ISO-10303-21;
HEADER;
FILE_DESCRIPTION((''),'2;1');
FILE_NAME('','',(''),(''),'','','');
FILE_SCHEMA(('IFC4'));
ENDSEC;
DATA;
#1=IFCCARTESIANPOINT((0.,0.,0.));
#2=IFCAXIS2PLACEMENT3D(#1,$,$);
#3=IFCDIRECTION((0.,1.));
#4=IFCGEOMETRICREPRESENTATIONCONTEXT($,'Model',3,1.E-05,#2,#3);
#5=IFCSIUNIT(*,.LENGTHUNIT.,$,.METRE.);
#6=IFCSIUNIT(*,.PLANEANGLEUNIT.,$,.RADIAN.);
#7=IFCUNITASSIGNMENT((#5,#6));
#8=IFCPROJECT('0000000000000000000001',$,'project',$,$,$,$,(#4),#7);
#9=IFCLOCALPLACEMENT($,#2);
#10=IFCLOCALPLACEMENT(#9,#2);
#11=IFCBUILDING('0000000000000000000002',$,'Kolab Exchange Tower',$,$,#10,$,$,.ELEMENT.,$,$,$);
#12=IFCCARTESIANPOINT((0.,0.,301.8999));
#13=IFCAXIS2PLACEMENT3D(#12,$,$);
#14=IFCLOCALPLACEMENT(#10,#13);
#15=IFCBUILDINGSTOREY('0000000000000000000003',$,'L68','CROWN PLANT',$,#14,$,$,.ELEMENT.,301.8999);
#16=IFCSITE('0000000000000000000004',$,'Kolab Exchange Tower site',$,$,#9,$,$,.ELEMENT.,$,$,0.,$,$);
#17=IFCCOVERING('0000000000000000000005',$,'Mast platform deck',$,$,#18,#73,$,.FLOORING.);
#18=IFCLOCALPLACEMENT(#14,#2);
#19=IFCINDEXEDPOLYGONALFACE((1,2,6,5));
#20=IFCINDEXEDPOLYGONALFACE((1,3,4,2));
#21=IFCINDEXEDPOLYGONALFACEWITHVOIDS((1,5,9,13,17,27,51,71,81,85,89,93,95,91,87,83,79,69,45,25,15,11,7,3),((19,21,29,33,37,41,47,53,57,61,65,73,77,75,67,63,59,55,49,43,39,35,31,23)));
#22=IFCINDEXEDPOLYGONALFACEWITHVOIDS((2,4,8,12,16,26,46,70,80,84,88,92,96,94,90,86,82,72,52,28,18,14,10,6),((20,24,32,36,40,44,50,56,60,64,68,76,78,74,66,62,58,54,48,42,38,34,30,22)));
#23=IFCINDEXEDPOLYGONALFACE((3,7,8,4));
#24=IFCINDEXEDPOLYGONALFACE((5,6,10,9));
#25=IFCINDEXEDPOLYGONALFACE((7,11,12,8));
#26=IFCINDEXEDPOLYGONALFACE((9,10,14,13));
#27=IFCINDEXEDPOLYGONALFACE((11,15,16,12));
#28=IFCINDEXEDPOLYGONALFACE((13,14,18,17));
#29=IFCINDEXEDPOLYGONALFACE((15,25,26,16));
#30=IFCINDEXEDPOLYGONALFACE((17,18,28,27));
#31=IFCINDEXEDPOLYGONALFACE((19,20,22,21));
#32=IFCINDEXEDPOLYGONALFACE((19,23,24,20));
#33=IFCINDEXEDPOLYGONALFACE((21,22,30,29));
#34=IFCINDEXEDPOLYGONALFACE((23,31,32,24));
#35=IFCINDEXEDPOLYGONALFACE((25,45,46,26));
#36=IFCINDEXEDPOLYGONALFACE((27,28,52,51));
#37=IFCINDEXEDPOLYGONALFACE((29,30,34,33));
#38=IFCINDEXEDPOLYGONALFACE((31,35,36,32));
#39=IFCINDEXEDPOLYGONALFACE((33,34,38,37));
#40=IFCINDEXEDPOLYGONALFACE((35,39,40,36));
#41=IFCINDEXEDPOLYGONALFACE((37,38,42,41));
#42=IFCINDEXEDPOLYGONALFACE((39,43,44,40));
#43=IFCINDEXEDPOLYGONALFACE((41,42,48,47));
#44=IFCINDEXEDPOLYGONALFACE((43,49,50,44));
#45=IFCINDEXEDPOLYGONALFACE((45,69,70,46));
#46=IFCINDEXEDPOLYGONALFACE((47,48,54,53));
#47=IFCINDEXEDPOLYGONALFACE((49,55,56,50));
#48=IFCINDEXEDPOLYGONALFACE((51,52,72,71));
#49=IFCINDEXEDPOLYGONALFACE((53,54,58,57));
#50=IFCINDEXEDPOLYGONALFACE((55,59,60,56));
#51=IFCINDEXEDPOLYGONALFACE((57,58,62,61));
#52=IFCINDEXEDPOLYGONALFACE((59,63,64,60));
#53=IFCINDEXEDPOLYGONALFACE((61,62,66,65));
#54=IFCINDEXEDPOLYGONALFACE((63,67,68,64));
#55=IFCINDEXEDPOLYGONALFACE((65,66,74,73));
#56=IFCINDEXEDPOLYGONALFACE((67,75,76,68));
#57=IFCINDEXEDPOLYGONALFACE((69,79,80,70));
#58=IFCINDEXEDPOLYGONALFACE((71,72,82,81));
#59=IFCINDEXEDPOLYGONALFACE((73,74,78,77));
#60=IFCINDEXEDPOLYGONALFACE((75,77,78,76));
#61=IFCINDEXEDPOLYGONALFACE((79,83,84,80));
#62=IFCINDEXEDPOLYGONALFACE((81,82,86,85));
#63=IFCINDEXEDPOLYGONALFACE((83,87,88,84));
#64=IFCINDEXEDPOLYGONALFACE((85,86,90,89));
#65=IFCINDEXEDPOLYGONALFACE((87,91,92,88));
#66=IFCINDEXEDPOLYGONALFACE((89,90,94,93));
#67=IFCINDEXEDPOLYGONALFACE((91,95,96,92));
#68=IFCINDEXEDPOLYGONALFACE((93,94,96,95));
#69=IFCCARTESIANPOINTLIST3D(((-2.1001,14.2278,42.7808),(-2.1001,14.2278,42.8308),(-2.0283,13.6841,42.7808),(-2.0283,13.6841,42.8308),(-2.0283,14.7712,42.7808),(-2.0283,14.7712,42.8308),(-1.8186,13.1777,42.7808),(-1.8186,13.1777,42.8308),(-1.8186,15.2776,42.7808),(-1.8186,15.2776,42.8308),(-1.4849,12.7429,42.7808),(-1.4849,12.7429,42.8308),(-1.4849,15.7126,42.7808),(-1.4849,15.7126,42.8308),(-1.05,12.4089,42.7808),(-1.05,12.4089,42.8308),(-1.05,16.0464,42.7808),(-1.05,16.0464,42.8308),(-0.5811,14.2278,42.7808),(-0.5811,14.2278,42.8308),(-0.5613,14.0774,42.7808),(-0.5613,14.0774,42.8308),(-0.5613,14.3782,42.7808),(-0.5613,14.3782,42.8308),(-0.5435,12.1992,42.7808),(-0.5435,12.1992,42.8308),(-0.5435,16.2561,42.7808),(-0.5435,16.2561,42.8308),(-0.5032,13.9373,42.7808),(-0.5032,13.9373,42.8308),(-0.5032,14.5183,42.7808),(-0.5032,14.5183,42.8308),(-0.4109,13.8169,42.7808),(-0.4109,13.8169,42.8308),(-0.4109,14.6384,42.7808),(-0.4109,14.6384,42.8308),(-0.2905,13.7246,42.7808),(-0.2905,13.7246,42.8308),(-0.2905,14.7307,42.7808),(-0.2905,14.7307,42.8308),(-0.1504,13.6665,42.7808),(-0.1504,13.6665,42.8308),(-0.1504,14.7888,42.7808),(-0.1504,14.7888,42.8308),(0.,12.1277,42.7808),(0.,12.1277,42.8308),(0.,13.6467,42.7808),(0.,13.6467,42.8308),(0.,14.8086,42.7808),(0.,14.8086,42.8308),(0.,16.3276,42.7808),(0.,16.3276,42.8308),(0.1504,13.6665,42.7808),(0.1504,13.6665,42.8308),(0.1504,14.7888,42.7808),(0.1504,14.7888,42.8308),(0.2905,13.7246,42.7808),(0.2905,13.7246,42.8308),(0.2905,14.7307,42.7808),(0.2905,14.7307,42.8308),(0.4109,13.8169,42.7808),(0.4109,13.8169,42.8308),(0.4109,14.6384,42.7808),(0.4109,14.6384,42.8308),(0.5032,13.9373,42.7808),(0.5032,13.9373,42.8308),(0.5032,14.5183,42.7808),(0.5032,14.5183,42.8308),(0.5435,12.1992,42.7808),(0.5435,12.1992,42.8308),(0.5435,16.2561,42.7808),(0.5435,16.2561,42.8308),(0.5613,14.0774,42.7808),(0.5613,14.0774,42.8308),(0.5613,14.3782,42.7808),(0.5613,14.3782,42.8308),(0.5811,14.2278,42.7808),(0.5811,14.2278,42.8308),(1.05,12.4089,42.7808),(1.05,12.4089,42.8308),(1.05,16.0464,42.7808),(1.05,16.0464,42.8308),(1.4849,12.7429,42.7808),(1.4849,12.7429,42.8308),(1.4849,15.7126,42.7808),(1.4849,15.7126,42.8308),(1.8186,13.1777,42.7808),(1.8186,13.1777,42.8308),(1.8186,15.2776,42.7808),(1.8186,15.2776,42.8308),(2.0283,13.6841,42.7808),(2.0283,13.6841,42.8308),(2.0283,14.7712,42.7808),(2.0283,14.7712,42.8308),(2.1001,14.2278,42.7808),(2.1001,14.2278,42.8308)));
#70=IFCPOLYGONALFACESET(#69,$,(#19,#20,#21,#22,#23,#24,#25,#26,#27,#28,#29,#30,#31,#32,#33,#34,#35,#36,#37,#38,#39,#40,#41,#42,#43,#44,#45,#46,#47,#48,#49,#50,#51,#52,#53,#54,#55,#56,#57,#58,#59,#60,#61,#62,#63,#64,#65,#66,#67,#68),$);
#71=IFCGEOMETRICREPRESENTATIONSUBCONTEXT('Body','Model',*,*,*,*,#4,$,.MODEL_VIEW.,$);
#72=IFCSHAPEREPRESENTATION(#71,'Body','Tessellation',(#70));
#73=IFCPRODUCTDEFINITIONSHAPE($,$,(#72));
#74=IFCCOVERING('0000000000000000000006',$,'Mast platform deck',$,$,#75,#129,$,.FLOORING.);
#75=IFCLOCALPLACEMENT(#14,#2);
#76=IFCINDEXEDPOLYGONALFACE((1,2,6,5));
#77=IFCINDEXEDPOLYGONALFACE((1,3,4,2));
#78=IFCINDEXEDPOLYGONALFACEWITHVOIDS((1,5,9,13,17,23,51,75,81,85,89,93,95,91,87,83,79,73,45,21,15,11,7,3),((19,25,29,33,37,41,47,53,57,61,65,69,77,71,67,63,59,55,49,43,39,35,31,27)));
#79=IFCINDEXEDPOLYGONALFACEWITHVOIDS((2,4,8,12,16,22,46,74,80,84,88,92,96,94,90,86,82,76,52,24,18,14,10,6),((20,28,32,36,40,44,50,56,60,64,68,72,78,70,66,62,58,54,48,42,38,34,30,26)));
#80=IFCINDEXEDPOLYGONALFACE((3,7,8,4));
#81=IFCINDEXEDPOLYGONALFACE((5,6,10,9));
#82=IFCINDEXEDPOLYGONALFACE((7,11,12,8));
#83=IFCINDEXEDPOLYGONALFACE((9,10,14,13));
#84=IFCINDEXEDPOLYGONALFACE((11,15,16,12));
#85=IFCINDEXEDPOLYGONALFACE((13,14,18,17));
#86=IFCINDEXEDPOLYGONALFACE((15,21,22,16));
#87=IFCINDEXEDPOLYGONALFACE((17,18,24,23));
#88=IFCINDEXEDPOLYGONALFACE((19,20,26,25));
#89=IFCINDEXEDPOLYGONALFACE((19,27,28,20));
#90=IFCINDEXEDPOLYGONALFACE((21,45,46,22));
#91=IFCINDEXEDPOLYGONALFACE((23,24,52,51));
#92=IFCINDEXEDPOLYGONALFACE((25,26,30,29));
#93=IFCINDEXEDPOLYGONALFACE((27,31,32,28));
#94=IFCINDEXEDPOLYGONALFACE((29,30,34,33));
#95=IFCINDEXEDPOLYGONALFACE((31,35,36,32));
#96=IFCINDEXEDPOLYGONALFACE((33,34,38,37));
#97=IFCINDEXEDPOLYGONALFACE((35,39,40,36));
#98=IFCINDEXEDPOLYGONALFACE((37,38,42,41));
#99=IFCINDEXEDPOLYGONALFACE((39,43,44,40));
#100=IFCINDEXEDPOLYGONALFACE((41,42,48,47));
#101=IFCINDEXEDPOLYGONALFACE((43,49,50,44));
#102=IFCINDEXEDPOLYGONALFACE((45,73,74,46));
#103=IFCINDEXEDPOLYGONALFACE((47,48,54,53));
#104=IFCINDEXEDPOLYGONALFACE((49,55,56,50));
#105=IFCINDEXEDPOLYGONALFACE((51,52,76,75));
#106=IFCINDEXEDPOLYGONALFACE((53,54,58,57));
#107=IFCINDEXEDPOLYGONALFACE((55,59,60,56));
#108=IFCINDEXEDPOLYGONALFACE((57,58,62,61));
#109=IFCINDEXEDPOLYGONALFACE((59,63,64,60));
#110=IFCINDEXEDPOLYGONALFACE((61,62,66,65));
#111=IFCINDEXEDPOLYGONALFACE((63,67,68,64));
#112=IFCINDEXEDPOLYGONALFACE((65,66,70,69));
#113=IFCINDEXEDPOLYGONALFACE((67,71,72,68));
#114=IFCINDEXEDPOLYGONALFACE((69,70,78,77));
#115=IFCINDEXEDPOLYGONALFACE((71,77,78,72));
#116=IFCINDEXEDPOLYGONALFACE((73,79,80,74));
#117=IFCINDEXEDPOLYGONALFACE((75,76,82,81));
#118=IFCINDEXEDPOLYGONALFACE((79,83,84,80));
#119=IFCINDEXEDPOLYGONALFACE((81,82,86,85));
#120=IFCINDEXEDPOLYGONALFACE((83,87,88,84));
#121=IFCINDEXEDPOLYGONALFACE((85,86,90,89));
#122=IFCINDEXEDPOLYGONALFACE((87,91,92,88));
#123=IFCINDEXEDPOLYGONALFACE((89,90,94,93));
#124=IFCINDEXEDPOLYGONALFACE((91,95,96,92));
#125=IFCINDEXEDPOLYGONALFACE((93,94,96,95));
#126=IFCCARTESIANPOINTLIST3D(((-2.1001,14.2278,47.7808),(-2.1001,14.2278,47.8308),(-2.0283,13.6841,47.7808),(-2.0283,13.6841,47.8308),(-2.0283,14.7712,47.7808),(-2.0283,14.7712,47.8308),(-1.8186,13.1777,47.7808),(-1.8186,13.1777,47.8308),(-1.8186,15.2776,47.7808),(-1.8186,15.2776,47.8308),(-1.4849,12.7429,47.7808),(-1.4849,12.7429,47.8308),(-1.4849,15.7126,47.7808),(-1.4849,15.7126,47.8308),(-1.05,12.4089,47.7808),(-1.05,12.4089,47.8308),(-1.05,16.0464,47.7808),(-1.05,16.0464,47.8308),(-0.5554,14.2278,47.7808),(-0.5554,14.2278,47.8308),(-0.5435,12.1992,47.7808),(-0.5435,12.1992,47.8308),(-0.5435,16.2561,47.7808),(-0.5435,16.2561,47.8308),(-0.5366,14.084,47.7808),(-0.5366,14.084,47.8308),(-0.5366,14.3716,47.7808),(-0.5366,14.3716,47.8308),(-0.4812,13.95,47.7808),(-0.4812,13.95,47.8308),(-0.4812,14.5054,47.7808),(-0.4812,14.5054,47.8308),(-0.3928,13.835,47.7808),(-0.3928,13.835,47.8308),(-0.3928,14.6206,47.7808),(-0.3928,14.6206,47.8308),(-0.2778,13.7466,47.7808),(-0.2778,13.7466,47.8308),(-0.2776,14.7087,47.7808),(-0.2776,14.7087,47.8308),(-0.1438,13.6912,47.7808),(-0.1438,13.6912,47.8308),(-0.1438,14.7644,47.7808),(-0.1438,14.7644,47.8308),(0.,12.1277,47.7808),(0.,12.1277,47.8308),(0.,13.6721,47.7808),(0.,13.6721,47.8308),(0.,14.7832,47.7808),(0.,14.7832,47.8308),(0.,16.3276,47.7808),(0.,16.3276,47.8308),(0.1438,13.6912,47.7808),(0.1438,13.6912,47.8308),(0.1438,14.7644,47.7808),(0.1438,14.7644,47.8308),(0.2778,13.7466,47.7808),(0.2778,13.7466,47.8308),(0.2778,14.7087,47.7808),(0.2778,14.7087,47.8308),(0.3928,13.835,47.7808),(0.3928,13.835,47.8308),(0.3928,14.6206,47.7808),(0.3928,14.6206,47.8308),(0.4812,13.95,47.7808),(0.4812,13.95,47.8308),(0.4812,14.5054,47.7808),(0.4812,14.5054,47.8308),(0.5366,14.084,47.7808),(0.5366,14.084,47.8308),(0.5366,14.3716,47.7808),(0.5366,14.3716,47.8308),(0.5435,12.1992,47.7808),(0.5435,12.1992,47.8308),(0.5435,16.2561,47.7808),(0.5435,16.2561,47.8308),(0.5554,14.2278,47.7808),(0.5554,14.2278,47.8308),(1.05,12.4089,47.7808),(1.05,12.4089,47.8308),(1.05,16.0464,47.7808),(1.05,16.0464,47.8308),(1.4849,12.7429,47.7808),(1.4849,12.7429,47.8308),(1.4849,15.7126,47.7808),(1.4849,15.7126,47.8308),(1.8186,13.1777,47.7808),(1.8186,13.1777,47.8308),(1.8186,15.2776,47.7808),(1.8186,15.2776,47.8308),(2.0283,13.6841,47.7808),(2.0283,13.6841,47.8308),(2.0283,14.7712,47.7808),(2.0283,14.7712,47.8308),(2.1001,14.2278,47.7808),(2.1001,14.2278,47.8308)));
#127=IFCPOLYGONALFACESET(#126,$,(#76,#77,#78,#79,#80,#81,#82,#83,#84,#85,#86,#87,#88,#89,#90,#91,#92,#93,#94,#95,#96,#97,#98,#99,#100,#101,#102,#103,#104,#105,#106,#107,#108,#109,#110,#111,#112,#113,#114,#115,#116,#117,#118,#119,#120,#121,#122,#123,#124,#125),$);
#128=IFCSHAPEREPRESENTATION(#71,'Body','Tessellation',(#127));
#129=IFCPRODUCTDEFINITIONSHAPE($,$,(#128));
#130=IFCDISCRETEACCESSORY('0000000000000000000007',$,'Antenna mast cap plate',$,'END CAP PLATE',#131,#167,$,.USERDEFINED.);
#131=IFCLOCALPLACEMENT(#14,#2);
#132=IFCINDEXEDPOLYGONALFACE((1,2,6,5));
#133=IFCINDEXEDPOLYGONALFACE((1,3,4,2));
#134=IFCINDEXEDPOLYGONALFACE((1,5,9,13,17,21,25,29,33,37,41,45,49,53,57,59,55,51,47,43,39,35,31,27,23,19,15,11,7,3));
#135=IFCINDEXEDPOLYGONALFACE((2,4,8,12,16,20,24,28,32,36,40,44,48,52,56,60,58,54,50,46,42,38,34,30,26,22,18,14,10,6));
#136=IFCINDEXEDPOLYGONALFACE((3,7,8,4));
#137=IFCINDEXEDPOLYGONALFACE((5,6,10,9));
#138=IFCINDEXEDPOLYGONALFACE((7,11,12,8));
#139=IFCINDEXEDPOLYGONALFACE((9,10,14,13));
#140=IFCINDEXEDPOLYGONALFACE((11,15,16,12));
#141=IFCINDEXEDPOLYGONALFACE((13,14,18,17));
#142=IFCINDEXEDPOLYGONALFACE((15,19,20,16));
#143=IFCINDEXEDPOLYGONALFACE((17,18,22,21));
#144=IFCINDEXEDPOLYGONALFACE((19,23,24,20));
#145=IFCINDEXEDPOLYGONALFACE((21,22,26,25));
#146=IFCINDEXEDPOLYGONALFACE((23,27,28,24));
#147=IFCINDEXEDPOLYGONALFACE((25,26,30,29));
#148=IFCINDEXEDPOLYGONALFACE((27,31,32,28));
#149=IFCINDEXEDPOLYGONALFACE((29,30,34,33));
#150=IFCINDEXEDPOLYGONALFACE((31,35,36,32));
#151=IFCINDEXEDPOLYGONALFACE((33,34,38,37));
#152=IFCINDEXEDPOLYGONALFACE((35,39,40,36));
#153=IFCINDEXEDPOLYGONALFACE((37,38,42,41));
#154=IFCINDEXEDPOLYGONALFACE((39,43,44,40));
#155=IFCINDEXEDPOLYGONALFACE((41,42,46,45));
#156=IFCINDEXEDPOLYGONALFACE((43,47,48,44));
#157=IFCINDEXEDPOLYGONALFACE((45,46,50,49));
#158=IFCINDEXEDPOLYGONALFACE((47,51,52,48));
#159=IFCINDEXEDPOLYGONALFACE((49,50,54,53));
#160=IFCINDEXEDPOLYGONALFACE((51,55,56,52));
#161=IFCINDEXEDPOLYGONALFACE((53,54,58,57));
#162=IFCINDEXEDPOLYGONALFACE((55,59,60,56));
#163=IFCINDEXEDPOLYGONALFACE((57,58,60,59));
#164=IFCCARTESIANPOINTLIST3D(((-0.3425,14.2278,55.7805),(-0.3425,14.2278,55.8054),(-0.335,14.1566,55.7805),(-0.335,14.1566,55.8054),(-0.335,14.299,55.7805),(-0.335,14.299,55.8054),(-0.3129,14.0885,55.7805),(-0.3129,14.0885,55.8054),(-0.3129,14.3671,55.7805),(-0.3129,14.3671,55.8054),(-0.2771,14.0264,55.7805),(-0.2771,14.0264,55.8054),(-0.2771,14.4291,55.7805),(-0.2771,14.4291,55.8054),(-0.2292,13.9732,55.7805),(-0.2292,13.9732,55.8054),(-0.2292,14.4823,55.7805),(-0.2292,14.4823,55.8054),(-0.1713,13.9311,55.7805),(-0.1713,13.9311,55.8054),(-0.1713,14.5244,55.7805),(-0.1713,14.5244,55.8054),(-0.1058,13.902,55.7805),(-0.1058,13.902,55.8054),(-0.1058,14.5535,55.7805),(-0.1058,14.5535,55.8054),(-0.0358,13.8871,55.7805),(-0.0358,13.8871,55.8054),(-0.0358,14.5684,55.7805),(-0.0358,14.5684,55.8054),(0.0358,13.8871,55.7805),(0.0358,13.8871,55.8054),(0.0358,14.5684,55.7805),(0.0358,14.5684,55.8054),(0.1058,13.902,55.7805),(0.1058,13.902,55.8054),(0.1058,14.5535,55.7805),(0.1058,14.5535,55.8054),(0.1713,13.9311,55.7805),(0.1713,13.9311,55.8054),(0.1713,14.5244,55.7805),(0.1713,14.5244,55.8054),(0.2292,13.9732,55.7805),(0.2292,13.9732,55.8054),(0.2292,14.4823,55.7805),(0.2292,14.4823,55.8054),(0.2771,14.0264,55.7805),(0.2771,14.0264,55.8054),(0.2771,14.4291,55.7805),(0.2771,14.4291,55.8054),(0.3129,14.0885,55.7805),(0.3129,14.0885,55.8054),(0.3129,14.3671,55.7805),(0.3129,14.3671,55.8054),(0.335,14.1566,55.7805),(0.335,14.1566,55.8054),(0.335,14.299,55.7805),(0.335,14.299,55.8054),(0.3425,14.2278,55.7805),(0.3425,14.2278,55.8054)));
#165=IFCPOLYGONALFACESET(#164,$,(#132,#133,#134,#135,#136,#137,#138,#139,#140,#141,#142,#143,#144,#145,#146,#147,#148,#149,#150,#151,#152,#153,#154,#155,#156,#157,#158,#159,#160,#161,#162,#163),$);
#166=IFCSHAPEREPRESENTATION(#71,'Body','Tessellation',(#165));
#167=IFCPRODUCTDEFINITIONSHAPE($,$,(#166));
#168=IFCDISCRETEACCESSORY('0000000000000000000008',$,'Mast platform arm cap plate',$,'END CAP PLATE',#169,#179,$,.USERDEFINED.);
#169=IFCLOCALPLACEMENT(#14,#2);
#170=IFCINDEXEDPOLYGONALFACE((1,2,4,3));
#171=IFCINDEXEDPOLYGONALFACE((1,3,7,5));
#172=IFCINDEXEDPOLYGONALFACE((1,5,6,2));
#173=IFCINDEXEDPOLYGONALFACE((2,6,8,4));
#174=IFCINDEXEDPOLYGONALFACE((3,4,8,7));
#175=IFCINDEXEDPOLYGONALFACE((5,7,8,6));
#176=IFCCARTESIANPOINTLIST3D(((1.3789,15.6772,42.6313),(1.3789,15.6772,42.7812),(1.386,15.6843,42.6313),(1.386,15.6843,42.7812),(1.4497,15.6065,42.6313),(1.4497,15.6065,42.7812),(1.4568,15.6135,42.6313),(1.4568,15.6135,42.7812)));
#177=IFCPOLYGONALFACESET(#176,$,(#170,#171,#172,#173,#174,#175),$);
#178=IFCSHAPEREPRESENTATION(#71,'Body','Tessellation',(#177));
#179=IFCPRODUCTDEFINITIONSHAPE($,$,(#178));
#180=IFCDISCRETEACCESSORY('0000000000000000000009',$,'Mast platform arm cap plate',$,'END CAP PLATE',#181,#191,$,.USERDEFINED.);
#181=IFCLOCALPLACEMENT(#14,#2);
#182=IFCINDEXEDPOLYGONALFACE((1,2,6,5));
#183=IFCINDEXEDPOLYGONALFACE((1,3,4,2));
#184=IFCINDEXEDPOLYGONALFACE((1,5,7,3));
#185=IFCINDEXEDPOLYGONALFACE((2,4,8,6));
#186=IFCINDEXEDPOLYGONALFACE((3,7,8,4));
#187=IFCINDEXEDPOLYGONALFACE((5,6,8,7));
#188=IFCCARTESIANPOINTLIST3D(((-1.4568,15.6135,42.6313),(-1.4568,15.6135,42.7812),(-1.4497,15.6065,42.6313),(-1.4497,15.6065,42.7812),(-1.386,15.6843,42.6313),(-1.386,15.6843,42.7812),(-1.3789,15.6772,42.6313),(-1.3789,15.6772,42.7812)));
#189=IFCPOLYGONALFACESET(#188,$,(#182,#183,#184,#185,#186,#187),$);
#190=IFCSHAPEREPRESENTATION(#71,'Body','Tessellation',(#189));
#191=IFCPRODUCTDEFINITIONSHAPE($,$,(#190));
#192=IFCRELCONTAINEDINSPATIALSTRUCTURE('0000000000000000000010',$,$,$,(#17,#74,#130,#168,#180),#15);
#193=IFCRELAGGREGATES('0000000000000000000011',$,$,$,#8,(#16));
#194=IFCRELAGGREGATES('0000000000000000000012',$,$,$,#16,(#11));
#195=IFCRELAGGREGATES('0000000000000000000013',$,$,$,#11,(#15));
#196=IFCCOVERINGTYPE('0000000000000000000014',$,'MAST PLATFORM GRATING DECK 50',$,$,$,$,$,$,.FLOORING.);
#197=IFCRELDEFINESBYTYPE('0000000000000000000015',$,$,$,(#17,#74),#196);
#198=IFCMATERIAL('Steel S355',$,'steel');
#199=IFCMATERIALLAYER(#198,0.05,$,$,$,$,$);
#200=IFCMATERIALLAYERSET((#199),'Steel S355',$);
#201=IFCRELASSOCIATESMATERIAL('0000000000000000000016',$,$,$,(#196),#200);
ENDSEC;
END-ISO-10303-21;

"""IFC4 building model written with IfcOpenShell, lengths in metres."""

from ifc_helpers import new_model, si_unit, direction, frame, origin, origin_2d, place, context, subcontext, project, spatial, polyline, rectangle, circle, outline, extrude, material, layer, layer_set, type_object, element, save


model = new_model("IFC4")

# Units and contexts
model_context = context("Model", 3, precision=1e-05, world=origin(), true_north=direction((0.0, 1.0)))
body_context = subcontext(model_context, "Body", "Model", "MODEL_VIEW")
ifc_project = project(units=[si_unit("LENGTHUNIT", "METRE"), si_unit("PLANEANGLEUNIT", "RADIAN")], contexts=[model_context])

# Site, building, storey
site_placement = place(None, origin())
site = spatial("IfcSite", under=ifc_project, at=site_placement, Name="Kolab Exchange Tower site", CompositionType="ELEMENT", RefElevation=0.0)
building_placement = place(site_placement, origin())
building = spatial("IfcBuilding", under=site, at=building_placement, Name="Kolab Exchange Tower", CompositionType="ELEMENT")
storey_placement = place(building_placement, frame((0.0, 0.0, 301.8999)))
storey = spatial("IfcBuildingStorey", under=building, at=storey_placement, Name="L68", Description="CROWN PLANT", CompositionType="ELEMENT", Elevation=301.8999)

# Shared definitions
ifc_material_1 = material(Name="Steel S355", Category="steel")

# Coverings
ifc_layer = layer(ifc_material_1, 0.05)
ifc_layer_set = layer_set([ifc_layer], Name="Steel S355")
covering_type = type_object("IfcCoveringType", Name="MAST PLATFORM GRATING DECK 50", PredefinedType="FLOORING", material=ifc_layer_set)
covering_1_placement = place(storey_placement, frame((0.0, 0.0, 42.7808)))
element("IfcCovering", 1, at=covering_1_placement, inside=storey, type_object=covering_type, Name="Mast platform deck", PredefinedType="FLOORING", context=body_context, shape_type="SweptSolid", body=[
    extrude(outline(polyline([(2.1001, 14.2278), (2.0283, 14.7712), (1.8186, 15.2776), (1.4849, 15.7126), (1.05, 16.0464), (0.5435, 16.2561), (0.0, 16.3276), (-0.5435, 16.2561), (-1.05, 16.0464), (-1.4849, 15.7126), (-1.8186, 15.2776), (-2.0283, 14.7712), (-2.1001, 14.2278), (-2.0283, 13.6841), (-1.8186, 13.1777), (-1.4849, 12.7429), (-1.05, 12.4089), (-0.5435, 12.1992), (0.0, 12.1277), (0.5435, 12.1992), (1.05, 12.4089), (1.4849, 12.7429), (1.8186, 13.1777), (2.0283, 13.6841), (2.1001, 14.2278)]), holes=[polyline([(0.5811, 14.2278), (0.5613, 14.3782), (0.5032, 14.5183), (0.4109, 14.6384), (0.2905, 14.7307), (0.1504, 14.7888), (0.0, 14.8086), (-0.1504, 14.7888), (-0.2905, 14.7307), (-0.4109, 14.6384), (-0.5032, 14.5183), (-0.5613, 14.3782), (-0.5811, 14.2278), (-0.5613, 14.0774), (-0.5032, 13.9373), (-0.4109, 13.8169), (-0.2905, 13.7246), (-0.1504, 13.6665), (0.0, 13.6467), (0.1504, 13.6665), (0.2905, 13.7246), (0.4109, 13.8169), (0.5032, 13.9373), (0.5613, 14.0774), (0.5811, 14.2278)])]), origin(), (0.0, 0.0, 1.0), 0.05),
])
covering_2_placement = place(storey_placement, frame((0.0, 0.0, 47.7808)))
element("IfcCovering", 2, at=covering_2_placement, inside=storey, type_object=covering_type, Name="Mast platform deck", PredefinedType="FLOORING", context=body_context, shape_type="SweptSolid", body=[
    extrude(outline(polyline([(2.1001, 14.2278), (2.0283, 14.7712), (1.8186, 15.2776), (1.4849, 15.7126), (1.05, 16.0464), (0.5435, 16.2561), (0.0, 16.3276), (-0.5435, 16.2561), (-1.05, 16.0464), (-1.4849, 15.7126), (-1.8186, 15.2776), (-2.0283, 14.7712), (-2.1001, 14.2278), (-2.0283, 13.6841), (-1.8186, 13.1777), (-1.4849, 12.7429), (-1.05, 12.4089), (-0.5435, 12.1992), (0.0, 12.1277), (0.5435, 12.1992), (1.05, 12.4089), (1.4849, 12.7429), (1.8186, 13.1777), (2.0283, 13.6841), (2.1001, 14.2278)]), holes=[polyline([(0.5554, 14.2278), (0.5366, 14.3716), (0.4812, 14.5054), (0.3928, 14.6206), (0.2778, 14.7087), (0.1438, 14.7644), (0.0, 14.7832), (-0.1438, 14.7644), (-0.2776, 14.7087), (-0.3928, 14.6206), (-0.4812, 14.5054), (-0.5366, 14.3716), (-0.5554, 14.2278), (-0.5366, 14.084), (-0.4812, 13.95), (-0.3928, 13.835), (-0.2778, 13.7466), (-0.1438, 13.6912), (0.0, 13.6721), (0.1438, 13.6912), (0.2778, 13.7466), (0.3928, 13.835), (0.4812, 13.95), (0.5366, 14.084), (0.5554, 14.2278)])]), origin(), (0.0, 0.0, 1.0), 0.05),
])

# Discrete accessories
discrete_accessory_placement = place(storey_placement, frame((0.0, 14.2278, 55.7805), z_axis=(0.0, 0.0, 1.0), x_axis=(1.0, 0.0, 0.0)))
element("IfcDiscreteAccessory", 3, at=discrete_accessory_placement, inside=storey, Name="Antenna mast cap plate", ObjectType="END CAP PLATE", PredefinedType="USERDEFINED", context=body_context, shape_type="SweptSolid", body=[
    extrude(circle(Radius=0.3425, at=origin_2d()), origin(), (0.0, 0.0, 1.0), 0.0249),
])
for number, where, z_axis, x_axis, name in (
    (4, (1.4143, 15.6418, 42.7063), (0.707107, 0.707107, 0.0), (-0.707107, 0.707107, 0.0), "Mast platform arm cap plate"),
    (5, (-1.4143, 15.6418, 42.7063), (-0.707107, 0.707107, 0.0), (-0.707107, -0.707107, 0.0), "Mast platform arm cap plate"),
):
    element("IfcDiscreteAccessory", number, at=place(storey_placement, frame(where, z_axis=z_axis, x_axis=x_axis)), inside=storey, Name=name, ObjectType="END CAP PLATE", PredefinedType="USERDEFINED", context=body_context, shape_type="SweptSolid", body=[
        extrude(rectangle(XDim=0.1001, YDim=0.1499, at=origin_2d()), origin(), (0.0, 0.0, 1.0), 0.01),
    ])

save(model, "model.ifc")
